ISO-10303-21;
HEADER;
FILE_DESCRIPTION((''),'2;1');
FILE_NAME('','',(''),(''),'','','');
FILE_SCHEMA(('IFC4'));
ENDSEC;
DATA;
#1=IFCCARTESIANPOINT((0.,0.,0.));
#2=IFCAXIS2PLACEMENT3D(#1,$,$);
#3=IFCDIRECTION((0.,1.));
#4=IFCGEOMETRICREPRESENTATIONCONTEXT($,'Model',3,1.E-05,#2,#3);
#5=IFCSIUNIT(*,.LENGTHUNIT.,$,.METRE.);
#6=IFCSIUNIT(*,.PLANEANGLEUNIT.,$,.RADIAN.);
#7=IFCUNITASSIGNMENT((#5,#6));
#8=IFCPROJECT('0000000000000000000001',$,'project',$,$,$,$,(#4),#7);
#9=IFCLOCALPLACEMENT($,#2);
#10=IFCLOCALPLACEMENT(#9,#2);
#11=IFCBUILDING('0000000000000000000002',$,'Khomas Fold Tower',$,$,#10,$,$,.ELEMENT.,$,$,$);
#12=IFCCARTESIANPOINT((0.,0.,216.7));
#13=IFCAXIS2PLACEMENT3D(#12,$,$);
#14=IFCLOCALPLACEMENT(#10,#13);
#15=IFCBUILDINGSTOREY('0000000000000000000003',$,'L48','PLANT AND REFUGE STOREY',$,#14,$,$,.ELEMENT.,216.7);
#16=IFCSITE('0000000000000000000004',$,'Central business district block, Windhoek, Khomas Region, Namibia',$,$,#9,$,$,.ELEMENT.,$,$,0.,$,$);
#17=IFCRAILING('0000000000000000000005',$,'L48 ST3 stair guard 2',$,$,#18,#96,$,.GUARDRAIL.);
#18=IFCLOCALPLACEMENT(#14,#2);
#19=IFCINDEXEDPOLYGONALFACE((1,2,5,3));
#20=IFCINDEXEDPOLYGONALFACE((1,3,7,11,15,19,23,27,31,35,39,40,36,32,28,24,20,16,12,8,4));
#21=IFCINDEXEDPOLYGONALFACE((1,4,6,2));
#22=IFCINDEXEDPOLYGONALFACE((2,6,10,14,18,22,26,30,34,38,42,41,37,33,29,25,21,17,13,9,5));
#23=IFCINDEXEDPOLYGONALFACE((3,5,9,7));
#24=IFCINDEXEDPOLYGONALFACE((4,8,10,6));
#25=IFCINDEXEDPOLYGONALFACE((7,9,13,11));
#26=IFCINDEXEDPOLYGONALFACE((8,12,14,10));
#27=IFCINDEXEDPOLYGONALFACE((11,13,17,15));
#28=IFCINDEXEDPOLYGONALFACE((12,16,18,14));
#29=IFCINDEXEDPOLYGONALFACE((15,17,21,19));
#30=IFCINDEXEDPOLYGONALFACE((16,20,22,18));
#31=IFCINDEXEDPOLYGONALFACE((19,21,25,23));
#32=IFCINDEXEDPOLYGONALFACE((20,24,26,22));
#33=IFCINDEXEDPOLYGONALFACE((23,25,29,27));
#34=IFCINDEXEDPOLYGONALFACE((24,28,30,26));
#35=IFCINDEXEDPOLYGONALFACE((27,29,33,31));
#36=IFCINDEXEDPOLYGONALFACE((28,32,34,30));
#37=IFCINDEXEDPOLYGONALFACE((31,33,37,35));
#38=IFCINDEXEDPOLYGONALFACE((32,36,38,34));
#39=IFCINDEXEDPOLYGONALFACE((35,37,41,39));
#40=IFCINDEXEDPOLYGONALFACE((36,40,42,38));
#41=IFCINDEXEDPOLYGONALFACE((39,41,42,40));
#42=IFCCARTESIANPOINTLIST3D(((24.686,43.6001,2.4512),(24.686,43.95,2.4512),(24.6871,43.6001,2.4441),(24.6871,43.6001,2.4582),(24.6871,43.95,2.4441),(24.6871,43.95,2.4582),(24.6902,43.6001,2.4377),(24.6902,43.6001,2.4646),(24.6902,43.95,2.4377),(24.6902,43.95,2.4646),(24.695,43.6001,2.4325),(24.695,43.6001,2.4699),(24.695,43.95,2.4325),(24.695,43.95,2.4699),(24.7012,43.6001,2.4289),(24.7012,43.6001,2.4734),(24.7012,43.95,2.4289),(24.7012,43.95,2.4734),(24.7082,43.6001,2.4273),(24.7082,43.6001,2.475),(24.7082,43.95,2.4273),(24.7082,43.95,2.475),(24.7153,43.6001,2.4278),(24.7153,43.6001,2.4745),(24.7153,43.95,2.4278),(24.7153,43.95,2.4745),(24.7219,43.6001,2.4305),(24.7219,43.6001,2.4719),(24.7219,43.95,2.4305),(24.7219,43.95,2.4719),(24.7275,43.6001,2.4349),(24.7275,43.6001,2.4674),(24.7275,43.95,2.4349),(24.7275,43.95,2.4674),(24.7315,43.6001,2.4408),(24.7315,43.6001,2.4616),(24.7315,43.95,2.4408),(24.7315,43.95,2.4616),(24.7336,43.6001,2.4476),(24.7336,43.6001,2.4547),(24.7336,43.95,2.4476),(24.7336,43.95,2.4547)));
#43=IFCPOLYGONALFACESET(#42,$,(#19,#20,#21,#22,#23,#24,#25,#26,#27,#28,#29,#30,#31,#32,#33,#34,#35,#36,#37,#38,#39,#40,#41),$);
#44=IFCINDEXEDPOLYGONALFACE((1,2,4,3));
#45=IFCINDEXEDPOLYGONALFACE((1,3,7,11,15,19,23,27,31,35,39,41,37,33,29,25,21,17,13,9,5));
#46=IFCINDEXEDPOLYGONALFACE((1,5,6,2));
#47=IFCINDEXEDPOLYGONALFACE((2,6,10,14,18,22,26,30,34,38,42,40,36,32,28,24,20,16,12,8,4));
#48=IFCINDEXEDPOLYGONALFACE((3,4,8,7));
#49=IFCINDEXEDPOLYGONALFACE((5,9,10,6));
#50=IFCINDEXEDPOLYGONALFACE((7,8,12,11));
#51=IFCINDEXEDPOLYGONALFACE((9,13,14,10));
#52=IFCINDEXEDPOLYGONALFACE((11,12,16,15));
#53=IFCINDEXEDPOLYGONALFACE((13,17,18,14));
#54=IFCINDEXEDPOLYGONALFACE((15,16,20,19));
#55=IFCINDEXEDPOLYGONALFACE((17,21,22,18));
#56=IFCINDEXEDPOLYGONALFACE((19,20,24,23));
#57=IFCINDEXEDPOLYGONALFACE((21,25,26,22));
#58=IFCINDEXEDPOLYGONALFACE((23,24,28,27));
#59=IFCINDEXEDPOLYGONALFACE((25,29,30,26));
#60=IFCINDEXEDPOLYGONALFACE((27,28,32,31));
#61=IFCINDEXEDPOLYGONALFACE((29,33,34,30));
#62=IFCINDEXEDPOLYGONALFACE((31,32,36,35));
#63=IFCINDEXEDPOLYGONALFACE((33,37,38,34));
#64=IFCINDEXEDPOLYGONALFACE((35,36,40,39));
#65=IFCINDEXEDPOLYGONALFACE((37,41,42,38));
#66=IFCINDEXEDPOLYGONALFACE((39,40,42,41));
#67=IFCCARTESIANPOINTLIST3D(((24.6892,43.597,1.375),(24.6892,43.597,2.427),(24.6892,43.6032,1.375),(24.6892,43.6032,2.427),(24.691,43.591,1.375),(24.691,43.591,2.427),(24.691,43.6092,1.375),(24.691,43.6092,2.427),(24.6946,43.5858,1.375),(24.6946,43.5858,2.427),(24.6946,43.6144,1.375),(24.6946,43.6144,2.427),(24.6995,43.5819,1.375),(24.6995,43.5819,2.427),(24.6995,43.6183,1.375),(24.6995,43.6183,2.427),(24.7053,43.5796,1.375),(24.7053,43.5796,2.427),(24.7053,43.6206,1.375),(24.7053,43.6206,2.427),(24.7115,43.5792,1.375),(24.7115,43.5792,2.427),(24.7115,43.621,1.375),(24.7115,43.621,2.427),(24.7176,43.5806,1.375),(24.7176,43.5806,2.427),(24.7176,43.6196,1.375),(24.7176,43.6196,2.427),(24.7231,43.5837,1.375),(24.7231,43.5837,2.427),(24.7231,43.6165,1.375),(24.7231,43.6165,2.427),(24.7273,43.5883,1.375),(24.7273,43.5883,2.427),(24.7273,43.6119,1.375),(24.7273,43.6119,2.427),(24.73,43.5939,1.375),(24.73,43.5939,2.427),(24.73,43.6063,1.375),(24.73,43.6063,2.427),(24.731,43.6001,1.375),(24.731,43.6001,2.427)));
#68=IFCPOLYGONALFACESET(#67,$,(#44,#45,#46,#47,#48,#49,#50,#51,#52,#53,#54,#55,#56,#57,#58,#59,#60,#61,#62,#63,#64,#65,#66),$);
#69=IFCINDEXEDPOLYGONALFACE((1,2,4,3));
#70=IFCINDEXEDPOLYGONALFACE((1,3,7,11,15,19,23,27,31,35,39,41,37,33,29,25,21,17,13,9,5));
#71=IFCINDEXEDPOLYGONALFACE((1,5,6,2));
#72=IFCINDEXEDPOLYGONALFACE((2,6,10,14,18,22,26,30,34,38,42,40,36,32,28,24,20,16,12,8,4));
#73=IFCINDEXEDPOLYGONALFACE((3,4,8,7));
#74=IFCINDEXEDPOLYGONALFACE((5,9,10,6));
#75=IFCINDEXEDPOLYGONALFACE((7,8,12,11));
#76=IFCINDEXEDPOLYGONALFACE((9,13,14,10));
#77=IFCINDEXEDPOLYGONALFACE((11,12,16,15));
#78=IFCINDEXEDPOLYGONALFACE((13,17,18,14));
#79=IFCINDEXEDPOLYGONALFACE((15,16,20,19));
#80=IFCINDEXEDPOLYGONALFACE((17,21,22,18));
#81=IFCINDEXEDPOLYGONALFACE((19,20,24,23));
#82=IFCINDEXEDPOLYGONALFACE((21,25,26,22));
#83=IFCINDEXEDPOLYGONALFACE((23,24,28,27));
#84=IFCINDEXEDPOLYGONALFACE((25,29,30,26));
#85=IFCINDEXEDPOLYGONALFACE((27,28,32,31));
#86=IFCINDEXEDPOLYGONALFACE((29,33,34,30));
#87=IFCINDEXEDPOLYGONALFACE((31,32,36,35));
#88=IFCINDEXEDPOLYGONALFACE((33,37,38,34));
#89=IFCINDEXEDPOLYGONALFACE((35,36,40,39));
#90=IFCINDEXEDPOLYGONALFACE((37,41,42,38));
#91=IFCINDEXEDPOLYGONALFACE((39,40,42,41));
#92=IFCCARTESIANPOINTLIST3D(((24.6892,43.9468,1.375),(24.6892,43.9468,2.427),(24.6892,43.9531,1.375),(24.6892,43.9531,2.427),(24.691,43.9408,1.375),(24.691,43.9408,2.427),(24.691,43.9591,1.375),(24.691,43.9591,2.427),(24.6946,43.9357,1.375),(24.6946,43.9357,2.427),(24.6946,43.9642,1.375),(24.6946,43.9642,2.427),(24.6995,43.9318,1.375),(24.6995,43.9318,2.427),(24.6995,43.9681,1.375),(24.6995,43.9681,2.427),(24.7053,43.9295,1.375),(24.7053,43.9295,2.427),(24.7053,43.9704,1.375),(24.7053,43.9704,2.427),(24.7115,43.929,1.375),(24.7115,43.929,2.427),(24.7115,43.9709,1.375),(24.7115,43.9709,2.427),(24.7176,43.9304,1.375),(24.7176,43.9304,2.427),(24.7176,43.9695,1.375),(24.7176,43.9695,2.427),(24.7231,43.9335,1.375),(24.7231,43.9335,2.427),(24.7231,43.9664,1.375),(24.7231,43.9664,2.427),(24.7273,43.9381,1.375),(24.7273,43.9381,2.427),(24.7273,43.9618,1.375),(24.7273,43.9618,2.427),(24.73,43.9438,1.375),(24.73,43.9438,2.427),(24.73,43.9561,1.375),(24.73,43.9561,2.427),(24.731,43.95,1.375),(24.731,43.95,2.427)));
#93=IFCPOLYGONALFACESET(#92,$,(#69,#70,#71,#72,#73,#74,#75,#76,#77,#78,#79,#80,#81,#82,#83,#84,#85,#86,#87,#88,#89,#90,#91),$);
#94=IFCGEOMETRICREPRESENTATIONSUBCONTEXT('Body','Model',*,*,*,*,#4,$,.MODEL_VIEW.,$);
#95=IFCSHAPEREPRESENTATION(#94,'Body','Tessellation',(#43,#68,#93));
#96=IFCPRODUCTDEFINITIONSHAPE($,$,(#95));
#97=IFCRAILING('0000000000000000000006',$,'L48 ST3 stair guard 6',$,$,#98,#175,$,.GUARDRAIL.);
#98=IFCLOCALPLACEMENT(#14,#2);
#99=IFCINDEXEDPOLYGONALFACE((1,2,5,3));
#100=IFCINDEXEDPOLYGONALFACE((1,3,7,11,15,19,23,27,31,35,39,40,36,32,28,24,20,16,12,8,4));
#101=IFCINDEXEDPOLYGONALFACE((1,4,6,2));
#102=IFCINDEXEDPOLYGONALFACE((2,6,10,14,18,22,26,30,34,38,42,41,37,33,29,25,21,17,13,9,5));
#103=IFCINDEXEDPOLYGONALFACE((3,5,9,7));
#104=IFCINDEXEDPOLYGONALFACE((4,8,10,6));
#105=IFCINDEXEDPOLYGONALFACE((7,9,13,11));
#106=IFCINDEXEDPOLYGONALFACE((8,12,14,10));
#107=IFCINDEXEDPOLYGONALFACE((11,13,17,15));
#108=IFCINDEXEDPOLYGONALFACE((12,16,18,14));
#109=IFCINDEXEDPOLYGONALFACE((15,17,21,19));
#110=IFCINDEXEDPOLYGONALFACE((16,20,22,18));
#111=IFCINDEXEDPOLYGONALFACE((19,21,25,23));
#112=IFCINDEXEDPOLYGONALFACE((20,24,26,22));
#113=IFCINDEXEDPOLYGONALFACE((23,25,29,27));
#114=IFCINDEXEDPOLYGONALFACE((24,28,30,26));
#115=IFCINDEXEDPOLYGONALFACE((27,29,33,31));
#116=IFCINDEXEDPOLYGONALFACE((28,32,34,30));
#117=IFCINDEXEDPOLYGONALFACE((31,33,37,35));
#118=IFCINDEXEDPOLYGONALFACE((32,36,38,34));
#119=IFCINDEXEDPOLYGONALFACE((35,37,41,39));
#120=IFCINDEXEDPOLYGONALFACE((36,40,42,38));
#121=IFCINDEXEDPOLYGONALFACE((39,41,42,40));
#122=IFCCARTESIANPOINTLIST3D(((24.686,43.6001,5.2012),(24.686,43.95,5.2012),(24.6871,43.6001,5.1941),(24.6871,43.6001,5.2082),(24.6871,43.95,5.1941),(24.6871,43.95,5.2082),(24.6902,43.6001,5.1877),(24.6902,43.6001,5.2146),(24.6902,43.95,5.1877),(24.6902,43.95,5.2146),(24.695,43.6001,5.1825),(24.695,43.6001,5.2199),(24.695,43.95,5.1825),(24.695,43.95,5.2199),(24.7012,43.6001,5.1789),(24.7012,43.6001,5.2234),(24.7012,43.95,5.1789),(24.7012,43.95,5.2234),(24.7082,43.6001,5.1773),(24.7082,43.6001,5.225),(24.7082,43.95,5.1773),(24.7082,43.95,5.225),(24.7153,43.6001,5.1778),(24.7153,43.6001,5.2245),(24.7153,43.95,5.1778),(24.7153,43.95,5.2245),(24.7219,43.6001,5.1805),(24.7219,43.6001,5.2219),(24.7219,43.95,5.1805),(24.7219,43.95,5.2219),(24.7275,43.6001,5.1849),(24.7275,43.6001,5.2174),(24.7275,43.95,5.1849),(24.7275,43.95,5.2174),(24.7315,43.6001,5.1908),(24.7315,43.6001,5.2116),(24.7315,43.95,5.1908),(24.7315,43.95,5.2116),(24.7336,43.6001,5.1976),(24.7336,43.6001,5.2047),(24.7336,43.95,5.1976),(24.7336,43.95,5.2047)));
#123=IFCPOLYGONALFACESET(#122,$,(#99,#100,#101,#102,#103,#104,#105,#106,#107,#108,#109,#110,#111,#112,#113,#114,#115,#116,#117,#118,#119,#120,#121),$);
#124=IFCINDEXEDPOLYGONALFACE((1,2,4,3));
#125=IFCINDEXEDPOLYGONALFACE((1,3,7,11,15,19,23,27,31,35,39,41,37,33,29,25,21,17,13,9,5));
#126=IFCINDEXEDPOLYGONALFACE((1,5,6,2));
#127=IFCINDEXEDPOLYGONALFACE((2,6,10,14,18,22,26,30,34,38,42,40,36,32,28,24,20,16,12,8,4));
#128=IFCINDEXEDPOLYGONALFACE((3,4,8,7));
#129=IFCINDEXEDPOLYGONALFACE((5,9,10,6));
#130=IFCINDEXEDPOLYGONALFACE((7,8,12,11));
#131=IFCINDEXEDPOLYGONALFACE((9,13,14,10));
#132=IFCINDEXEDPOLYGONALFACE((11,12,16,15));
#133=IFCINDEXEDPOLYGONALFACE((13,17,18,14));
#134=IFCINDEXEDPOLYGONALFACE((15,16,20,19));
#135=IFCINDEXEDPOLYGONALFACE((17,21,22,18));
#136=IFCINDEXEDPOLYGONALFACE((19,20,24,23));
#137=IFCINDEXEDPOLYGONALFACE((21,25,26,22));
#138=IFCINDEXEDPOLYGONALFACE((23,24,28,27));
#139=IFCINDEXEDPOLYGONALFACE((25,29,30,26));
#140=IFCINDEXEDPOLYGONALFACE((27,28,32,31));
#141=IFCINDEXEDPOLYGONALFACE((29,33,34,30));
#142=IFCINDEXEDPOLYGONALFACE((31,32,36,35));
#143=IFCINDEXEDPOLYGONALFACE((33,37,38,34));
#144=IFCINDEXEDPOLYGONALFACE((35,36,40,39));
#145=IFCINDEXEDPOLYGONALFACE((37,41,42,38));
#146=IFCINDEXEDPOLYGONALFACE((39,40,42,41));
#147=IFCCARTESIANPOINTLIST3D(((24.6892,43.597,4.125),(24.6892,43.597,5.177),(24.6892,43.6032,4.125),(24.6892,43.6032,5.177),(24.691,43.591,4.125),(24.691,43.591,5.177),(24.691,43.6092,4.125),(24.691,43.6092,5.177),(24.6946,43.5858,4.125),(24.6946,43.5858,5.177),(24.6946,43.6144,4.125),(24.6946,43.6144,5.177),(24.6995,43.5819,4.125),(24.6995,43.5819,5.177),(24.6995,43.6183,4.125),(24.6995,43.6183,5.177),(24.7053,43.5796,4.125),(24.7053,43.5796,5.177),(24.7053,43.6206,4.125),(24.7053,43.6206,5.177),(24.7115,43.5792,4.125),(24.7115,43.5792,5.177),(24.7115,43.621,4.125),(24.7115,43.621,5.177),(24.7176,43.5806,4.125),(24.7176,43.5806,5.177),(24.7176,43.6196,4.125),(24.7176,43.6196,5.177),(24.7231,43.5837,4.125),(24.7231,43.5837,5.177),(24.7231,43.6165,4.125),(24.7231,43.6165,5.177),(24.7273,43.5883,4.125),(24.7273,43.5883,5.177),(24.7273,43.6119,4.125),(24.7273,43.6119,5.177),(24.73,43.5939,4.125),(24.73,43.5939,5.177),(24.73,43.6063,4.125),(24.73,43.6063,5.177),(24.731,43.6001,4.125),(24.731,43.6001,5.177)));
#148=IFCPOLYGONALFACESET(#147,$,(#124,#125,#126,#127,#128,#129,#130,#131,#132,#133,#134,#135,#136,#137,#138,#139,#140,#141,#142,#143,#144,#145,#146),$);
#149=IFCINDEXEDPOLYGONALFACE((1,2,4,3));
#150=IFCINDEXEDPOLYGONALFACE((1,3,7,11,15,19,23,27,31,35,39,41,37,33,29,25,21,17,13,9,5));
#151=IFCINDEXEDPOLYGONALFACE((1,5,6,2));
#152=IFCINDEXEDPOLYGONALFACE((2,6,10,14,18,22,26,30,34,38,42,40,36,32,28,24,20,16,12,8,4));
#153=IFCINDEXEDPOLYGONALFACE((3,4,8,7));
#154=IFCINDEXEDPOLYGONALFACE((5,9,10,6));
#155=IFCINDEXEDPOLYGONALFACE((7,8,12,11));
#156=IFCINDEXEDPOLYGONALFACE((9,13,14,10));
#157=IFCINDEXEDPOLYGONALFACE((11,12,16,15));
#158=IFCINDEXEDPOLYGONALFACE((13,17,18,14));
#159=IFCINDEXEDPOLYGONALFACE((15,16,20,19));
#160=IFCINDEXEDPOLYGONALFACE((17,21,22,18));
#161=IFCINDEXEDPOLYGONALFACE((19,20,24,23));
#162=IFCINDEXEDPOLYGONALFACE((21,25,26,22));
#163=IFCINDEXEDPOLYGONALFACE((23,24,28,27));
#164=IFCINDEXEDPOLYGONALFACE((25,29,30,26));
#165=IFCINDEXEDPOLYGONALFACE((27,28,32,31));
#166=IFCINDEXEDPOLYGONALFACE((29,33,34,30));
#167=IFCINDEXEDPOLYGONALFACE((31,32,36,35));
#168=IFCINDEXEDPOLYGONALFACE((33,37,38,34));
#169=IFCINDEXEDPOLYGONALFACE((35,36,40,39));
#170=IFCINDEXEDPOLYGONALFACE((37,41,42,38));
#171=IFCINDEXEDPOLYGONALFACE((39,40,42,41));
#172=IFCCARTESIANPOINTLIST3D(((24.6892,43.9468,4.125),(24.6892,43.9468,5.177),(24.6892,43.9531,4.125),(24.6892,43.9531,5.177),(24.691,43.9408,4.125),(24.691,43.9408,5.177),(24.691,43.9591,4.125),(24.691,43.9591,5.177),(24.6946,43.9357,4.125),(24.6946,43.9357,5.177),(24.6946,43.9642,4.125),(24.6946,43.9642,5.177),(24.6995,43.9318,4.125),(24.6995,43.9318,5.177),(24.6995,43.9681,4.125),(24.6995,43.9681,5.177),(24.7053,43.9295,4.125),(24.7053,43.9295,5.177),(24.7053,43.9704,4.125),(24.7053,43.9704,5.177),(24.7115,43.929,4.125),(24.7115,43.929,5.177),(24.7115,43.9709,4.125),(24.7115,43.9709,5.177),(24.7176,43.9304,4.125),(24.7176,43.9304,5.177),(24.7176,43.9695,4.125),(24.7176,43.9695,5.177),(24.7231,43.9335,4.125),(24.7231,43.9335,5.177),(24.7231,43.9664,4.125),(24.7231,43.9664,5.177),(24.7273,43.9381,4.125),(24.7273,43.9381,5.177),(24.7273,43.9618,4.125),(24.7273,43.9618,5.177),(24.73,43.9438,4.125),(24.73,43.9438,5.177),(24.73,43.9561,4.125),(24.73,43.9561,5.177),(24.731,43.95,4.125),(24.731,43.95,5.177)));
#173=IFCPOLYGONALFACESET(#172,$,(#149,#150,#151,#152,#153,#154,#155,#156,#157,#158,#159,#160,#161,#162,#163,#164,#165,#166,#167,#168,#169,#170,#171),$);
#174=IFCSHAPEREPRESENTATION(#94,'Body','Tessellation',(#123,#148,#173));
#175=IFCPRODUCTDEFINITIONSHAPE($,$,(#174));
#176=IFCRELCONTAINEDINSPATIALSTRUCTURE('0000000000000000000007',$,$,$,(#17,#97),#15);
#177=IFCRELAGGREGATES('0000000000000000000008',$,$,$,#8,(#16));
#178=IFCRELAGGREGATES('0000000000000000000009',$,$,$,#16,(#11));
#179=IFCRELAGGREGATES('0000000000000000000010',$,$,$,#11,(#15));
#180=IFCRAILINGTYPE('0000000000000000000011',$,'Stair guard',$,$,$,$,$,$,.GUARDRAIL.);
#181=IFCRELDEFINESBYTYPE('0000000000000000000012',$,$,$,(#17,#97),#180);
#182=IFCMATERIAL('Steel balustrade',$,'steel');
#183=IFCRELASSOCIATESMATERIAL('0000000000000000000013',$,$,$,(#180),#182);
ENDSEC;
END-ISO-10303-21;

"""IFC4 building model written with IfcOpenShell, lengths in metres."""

from ifc_helpers import new_model, si_unit, direction, frame, origin, origin_2d, place, context, subcontext, project, spatial, circle, extrude, source, transform, mapped, material, type_object, element, save


model = new_model("IFC4")

# Units and contexts
model_context = context("Model", 3, precision=1e-05, world=origin(), true_north=direction((0.0, 1.0)))
body_context = subcontext(model_context, "Body", "Model", "MODEL_VIEW")
ifc_project = project(units=[si_unit("LENGTHUNIT", "METRE"), si_unit("PLANEANGLEUNIT", "RADIAN")], contexts=[model_context])

# Site, building, storey
site_placement = place(None, origin())
site = spatial("IfcSite", under=ifc_project, at=site_placement, Name="Central business district block, Windhoek, Khomas Region, Namibia", CompositionType="ELEMENT", RefElevation=0.0)
building_placement = place(site_placement, origin())
building = spatial("IfcBuilding", under=site, at=building_placement, Name="Khomas Fold Tower", CompositionType="ELEMENT")
storey_placement = place(building_placement, frame((0.0, 0.0, 216.7)))
storey = spatial("IfcBuildingStorey", under=building, at=storey_placement, Name="L48", Description="PLANT AND REFUGE STOREY", CompositionType="ELEMENT", Elevation=216.7)

# Railings
ifc_material_1 = material(Name="Steel balustrade", Category="steel")
railing_type_1 = type_object("IfcRailingType", Name="Stair guard", PredefinedType="GUARDRAIL", material=ifc_material_1)
shared_shape_1 = source(origin(), body_context, "Body", "SweptSolid", [
    extrude(circle(Radius=0.0239, at=origin_2d()), frame((0.0, 0.0, 1.0762), z_axis=(0.0, 1.0, 0.0), x_axis=(-1.0, 0.0, 0.0)), (0.0, 0.0, 1.0), 0.3499),
    extrude(circle(Radius=0.021, at=origin_2d()), origin(), (0.0, 0.0, 1.0), 1.052),
    extrude(circle(Radius=0.021, at=origin_2d()), frame((0.0, 0.3499, 0.0)), (0.0, 0.0, 1.0), 1.052),
])
for number, where, name in (
    (1, (24.71, 43.6001, 1.375), "L48 ST3 stair guard 2"),
    (2, (24.71, 43.6001, 4.125), "L48 ST3 stair guard 6"),
):
    element("IfcRailing", number, at=place(storey_placement, frame(where)), inside=storey, type_object=railing_type_1, Name=name, PredefinedType="GUARDRAIL", context=body_context, shape_type="MappedRepresentation", body=[
        mapped(shared_shape_1, transform((0.0, 0.0, 0.0))),
    ])

save(model, "model.ifc")
